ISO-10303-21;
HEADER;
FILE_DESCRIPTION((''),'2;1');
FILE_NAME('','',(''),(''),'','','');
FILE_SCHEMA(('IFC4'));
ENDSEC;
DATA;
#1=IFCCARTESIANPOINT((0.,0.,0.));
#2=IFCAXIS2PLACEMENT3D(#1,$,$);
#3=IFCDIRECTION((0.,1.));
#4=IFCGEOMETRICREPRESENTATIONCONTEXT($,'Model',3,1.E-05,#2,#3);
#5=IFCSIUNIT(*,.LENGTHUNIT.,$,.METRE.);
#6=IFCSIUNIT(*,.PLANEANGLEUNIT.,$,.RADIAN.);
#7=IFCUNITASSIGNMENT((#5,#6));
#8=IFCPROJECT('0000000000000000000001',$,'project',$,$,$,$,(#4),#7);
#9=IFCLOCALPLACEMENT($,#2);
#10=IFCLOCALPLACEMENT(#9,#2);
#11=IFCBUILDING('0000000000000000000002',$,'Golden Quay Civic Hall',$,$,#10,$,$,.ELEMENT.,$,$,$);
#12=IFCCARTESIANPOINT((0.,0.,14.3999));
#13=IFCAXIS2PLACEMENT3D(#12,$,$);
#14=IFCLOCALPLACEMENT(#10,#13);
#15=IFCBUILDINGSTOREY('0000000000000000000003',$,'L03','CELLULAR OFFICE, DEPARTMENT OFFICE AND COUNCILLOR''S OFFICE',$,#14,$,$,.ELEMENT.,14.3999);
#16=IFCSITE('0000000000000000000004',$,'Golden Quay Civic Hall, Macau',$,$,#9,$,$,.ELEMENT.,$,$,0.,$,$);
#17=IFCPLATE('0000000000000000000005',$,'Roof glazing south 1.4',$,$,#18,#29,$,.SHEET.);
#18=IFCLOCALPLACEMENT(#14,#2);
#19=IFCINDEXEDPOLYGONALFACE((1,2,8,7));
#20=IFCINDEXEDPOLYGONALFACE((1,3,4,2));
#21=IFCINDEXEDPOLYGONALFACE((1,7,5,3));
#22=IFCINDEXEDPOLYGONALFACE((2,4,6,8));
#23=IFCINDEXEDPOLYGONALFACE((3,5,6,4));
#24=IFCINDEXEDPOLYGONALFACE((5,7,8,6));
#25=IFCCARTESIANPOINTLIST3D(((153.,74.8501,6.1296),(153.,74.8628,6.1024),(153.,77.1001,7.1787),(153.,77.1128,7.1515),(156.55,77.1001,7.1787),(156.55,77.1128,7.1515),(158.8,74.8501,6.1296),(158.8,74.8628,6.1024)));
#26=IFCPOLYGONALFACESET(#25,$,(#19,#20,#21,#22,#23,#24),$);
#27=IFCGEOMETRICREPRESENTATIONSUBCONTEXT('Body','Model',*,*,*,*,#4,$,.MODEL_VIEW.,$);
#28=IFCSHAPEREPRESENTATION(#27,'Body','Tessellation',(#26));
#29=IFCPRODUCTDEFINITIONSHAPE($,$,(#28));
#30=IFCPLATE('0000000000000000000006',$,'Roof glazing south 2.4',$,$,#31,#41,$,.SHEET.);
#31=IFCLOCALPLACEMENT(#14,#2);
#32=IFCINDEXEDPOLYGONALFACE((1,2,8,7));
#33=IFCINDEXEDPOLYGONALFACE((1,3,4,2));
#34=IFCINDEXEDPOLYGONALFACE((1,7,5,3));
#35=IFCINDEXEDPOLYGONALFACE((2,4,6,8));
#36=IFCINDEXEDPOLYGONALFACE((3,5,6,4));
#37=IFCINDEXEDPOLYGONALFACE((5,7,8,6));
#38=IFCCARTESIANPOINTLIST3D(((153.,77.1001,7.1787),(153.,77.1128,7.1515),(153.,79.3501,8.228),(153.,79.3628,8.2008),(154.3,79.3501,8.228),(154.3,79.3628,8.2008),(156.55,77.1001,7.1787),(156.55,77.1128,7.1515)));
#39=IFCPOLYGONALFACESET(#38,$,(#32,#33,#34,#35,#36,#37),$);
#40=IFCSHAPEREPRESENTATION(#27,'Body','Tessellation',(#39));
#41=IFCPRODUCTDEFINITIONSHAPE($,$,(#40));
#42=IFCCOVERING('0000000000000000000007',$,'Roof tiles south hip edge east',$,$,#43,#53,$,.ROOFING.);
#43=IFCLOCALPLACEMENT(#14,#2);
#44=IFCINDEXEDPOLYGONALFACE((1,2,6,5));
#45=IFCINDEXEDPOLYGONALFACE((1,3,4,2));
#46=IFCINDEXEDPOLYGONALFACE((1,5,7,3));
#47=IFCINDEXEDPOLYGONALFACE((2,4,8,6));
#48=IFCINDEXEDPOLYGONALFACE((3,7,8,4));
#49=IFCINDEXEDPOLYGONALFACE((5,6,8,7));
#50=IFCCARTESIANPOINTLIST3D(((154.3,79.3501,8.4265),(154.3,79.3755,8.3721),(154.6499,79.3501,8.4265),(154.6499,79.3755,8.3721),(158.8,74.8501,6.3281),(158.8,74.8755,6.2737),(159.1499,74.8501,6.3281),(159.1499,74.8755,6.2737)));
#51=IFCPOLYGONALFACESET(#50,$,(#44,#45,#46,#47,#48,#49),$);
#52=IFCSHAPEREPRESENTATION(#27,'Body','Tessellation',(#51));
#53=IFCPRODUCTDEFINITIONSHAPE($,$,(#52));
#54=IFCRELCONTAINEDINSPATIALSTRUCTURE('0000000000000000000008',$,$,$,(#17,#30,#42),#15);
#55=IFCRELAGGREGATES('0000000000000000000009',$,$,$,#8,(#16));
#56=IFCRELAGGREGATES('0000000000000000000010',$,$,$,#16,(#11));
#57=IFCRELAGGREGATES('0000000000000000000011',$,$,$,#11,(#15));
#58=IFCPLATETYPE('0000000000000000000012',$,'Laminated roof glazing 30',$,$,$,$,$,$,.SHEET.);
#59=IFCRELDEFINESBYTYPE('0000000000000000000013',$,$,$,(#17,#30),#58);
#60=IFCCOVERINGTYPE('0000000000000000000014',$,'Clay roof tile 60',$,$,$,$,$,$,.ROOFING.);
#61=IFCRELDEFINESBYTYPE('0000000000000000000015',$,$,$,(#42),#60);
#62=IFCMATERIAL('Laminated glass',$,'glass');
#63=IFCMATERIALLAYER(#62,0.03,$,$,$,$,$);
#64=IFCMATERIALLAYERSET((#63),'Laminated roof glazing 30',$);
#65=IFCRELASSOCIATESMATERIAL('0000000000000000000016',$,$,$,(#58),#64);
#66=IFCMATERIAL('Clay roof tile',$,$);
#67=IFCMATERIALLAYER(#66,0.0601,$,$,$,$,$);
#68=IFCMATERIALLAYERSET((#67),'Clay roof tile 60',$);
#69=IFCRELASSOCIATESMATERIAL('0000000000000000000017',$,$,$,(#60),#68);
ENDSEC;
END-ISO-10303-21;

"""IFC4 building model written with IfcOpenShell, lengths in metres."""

from ifc_helpers import new_model, si_unit, direction, frame, origin, place, context, subcontext, project, spatial, polyline, outline, extrude, material, layer, layer_set, type_object, element, save


model = new_model("IFC4")

# Units and contexts
model_context = context("Model", 3, precision=1e-05, world=origin(), true_north=direction((0.0, 1.0)))
body_context = subcontext(model_context, "Body", "Model", "MODEL_VIEW")
ifc_project = project(units=[si_unit("LENGTHUNIT", "METRE"), si_unit("PLANEANGLEUNIT", "RADIAN")], contexts=[model_context])

# Site, building, storey
site_placement = place(None, origin())
site = spatial("IfcSite", under=ifc_project, at=site_placement, Name="Golden Quay Civic Hall, Macau", CompositionType="ELEMENT", RefElevation=0.0)
building_placement = place(site_placement, origin())
building = spatial("IfcBuilding", under=site, at=building_placement, Name="Golden Quay Civic Hall", CompositionType="ELEMENT")
storey_placement = place(building_placement, frame((0.0, 0.0, 14.3999)))
storey = spatial("IfcBuildingStorey", under=building, at=storey_placement, Name="L03", Description="CELLULAR OFFICE, DEPARTMENT OFFICE AND COUNCILLOR'S OFFICE", CompositionType="ELEMENT", Elevation=14.3999)

# Plates
ifc_material_1 = material(Name="Laminated glass", Category="glass")
ifc_layer_1 = layer(ifc_material_1, 0.03)
ifc_layer_set_1 = layer_set([ifc_layer_1], Name="Laminated roof glazing 30")
plate_type = type_object("IfcPlateType", Name="Laminated roof glazing 30", PredefinedType="SHEET", material=ifc_layer_set_1)
plate_1_placement = place(storey_placement, frame((153.0, 74.8501, 6.1296), z_axis=(0.0, -0.422579, 0.906326), x_axis=(1.0, 0.0, 0.0)))
element("IfcPlate", 1, at=plate_1_placement, inside=storey, type_object=plate_type, Name="Roof glazing south 1.4", PredefinedType="SHEET", context=body_context, shape_type="SweptSolid", body=[
    extrude(outline(polyline([(0.0, 0.0), (5.8, 0.0), (3.55, 2.4825), (0.0, 2.4825), (0.0, 0.0)])), origin(), (0.0, 0.0, -1.0), 0.03),
])
plate_2_placement = place(storey_placement, frame((153.0, 77.1001, 7.1787), z_axis=(0.0, -0.422659, 0.906289), x_axis=(1.0, 0.0, 0.0)))
element("IfcPlate", 2, at=plate_2_placement, inside=storey, type_object=plate_type, Name="Roof glazing south 2.4", PredefinedType="SHEET", context=body_context, shape_type="SweptSolid", body=[
    extrude(outline(polyline([(0.0, 0.0), (3.55, 0.0), (1.3, 2.4827), (0.0, 2.4827), (0.0, 0.0)])), origin(), (0.0, 0.0, -1.0), 0.03),
])

# Covering
ifc_material_2 = material(Name="Clay roof tile")
ifc_layer_2 = layer(ifc_material_2, 0.0601)
ifc_layer_set_2 = layer_set([ifc_layer_2], Name="Clay roof tile 60")
covering_type = type_object("IfcCoveringType", Name="Clay roof tile 60", PredefinedType="ROOFING", material=ifc_layer_set_2)
covering_placement = place(storey_placement, frame((158.8, 74.8501, 6.3281), z_axis=(0.0, -0.422619, 0.906307), x_axis=(1.0, 0.0, 0.0)))
element("IfcCovering", 3, at=covering_placement, inside=storey, type_object=covering_type, Name="Roof tiles south hip edge east", PredefinedType="ROOFING", context=body_context, shape_type="SweptSolid", body=[
    extrude(outline(polyline([(0.0, 0.0), (0.3499, 0.0), (-4.1501, 4.9652), (-4.5, 4.9652), (0.0, 0.0)])), origin(), (0.0, 0.0, -1.0), 0.0601),
])

save(model, "model.ifc")
